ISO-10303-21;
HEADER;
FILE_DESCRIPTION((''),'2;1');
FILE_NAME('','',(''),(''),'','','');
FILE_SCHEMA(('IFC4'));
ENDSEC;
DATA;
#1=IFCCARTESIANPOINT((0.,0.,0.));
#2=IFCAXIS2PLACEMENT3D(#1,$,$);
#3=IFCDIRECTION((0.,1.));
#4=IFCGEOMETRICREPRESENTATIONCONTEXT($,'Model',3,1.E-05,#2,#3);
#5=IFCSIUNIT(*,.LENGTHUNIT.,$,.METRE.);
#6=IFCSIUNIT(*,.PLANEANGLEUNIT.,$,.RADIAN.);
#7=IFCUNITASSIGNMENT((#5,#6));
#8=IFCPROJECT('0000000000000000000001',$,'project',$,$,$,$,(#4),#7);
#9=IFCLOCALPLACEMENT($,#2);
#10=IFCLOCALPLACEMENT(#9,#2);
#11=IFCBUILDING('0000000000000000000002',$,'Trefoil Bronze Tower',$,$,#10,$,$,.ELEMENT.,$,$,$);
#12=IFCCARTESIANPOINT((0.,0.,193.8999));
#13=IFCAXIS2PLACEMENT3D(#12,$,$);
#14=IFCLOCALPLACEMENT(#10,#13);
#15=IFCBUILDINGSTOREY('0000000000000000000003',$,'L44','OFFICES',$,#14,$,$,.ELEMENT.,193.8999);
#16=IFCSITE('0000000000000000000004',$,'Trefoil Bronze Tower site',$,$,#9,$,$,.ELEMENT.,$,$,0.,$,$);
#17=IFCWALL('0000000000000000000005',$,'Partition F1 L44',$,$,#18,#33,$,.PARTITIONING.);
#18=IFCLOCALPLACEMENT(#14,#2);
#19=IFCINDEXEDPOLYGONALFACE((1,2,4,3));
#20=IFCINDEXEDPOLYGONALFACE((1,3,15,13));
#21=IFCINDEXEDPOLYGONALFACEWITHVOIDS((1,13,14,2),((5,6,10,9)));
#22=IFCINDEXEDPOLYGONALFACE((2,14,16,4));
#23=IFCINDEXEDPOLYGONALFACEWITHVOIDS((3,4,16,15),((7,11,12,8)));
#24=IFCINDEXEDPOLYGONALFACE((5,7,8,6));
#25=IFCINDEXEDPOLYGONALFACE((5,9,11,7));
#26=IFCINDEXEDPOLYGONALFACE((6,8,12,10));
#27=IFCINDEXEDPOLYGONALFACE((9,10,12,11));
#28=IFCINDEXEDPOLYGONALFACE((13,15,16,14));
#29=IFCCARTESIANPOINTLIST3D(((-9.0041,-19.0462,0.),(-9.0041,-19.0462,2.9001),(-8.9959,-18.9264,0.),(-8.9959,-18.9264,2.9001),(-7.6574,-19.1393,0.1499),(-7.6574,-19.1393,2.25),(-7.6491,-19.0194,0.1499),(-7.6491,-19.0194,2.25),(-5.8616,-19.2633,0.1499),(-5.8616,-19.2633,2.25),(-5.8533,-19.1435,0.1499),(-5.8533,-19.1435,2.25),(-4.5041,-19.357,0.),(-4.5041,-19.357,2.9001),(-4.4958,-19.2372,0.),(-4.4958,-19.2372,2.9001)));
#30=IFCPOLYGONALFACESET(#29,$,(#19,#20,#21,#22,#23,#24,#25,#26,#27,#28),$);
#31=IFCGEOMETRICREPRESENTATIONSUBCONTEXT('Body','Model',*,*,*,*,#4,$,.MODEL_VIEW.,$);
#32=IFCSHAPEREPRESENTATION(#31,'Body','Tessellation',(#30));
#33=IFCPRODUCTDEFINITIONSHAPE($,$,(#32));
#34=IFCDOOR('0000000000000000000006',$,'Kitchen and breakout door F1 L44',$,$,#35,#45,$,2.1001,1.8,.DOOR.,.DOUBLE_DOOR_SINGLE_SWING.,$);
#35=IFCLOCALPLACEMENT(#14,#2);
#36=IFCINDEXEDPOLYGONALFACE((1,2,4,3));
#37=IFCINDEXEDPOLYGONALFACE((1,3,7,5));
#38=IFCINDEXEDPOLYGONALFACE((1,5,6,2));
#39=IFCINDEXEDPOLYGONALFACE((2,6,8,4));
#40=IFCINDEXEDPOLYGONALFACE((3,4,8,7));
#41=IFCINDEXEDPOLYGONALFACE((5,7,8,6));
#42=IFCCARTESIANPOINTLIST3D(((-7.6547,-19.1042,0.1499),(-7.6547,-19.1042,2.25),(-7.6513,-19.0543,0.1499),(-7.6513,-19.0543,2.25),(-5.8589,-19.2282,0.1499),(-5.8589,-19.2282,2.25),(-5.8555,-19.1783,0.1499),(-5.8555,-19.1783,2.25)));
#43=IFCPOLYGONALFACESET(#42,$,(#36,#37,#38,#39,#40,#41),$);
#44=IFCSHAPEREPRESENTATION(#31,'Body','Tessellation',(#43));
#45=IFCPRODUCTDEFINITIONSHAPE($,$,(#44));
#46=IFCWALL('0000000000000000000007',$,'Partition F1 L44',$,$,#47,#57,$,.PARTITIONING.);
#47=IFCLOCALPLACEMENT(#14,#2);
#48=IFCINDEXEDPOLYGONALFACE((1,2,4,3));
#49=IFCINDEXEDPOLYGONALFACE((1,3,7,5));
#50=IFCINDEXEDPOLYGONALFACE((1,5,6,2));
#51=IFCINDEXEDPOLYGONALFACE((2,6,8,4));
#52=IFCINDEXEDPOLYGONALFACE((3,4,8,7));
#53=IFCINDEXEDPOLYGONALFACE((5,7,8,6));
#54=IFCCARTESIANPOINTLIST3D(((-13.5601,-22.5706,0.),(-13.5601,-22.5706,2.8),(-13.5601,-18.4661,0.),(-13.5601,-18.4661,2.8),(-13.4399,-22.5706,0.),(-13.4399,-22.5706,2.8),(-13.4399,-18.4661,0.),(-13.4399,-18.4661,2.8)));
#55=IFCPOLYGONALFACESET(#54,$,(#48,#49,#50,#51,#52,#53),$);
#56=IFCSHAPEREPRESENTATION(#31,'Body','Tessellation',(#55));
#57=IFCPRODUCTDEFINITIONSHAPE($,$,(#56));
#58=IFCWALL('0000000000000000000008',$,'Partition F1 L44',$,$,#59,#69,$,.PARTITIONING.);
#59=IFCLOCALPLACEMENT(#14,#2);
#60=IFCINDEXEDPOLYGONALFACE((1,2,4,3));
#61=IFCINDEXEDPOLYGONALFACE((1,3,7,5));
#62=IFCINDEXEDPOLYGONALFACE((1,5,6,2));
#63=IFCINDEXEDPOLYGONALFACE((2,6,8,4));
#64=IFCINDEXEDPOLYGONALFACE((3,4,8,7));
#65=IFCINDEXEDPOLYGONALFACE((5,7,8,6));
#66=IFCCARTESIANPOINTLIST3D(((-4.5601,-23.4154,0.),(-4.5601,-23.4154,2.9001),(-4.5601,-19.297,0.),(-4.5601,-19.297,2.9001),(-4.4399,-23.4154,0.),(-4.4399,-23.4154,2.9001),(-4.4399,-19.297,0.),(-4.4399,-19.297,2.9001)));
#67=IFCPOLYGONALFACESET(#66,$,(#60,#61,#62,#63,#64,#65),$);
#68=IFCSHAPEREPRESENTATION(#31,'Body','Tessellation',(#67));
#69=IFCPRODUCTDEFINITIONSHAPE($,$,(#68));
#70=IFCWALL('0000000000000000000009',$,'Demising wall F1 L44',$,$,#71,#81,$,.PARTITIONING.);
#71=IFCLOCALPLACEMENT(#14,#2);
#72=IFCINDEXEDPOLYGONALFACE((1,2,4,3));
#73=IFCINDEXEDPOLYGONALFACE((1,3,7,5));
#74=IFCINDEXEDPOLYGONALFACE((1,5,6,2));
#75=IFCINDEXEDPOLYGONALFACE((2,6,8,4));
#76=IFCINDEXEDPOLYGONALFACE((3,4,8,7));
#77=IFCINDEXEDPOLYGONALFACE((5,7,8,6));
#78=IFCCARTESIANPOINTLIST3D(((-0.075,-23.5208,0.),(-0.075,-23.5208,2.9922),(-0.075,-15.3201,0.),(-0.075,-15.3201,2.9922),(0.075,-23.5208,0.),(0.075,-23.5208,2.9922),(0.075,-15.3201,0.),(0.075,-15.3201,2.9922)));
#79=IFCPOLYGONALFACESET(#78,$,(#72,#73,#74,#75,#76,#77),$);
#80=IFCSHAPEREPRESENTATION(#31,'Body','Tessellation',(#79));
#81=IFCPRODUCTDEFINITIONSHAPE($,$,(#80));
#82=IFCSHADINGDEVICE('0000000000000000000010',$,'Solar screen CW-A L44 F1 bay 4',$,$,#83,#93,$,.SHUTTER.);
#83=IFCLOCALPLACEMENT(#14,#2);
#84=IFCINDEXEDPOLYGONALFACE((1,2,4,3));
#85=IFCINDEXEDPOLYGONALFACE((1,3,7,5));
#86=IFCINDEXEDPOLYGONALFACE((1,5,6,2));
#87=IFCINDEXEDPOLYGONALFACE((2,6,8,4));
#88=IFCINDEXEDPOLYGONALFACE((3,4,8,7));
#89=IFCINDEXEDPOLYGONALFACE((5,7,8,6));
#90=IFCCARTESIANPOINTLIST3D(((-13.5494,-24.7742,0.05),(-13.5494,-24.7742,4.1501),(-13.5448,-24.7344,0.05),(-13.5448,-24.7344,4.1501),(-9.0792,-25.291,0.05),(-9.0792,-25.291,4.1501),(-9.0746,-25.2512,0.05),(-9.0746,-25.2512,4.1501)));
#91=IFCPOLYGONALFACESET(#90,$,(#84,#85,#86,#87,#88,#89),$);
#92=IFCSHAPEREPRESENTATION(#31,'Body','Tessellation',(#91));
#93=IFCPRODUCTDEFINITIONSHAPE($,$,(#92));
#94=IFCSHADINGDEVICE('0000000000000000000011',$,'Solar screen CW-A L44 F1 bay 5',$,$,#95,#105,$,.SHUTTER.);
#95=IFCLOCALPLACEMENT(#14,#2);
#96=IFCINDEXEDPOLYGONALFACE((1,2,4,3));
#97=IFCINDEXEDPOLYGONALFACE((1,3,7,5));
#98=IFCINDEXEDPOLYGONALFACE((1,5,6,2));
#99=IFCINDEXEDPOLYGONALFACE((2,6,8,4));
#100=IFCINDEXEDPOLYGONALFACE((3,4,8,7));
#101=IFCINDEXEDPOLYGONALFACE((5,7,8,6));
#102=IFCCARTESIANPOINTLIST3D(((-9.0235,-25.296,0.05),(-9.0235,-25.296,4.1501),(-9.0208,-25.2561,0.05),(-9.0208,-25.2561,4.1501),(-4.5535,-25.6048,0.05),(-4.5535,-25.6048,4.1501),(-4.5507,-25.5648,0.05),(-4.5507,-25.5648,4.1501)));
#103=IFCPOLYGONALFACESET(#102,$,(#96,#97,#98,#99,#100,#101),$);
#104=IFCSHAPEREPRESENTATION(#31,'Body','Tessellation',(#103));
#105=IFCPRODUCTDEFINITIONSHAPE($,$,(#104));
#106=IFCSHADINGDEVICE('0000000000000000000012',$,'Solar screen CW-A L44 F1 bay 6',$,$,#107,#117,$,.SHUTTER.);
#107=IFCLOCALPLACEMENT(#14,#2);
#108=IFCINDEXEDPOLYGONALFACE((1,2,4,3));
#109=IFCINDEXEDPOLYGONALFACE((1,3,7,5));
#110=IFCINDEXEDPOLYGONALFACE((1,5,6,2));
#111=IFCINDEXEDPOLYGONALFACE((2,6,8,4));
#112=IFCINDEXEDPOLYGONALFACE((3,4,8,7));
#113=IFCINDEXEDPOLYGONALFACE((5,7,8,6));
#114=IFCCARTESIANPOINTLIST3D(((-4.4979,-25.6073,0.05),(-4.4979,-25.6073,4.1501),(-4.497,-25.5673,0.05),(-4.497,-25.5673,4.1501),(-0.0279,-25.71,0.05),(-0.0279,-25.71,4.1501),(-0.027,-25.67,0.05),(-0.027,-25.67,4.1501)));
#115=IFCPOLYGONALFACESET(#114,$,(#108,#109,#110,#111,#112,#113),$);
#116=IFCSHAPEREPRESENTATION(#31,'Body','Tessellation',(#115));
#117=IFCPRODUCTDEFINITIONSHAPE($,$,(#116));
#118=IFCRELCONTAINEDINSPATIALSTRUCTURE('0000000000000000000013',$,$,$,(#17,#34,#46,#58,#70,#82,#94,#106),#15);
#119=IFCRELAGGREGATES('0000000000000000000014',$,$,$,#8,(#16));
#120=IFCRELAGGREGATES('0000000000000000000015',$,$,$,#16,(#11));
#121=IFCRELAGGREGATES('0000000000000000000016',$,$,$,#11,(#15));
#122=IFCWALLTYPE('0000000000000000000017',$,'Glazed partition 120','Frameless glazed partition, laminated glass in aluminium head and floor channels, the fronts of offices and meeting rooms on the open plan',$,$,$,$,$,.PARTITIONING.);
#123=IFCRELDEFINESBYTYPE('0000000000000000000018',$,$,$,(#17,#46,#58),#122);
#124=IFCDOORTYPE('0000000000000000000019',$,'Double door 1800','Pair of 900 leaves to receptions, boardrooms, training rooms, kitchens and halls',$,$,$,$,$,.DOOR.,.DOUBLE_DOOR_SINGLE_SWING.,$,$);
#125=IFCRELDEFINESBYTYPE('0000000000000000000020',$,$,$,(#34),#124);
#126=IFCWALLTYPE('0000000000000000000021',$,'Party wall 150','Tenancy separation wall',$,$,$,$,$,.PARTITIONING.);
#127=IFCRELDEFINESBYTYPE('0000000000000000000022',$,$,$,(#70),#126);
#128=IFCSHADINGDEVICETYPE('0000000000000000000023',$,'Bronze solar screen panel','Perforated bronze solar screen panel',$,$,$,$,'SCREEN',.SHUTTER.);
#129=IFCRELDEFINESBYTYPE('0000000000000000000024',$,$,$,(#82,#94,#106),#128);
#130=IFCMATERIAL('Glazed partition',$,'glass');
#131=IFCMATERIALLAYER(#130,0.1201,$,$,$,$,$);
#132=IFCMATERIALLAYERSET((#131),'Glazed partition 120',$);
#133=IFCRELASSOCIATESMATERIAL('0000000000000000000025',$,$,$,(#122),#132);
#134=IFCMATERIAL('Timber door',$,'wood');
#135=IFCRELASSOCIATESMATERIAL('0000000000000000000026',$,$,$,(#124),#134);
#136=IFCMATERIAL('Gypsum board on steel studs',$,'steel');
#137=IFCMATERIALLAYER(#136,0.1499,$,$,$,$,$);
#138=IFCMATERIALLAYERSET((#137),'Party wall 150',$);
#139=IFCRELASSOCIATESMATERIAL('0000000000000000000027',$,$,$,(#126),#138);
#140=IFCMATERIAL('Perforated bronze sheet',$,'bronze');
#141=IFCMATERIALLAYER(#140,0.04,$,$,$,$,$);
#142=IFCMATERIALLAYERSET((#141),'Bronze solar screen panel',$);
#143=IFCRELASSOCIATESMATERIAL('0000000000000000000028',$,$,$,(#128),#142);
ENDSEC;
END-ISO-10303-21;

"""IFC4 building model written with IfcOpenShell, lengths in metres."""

from ifc_helpers import new_model, si_unit, direction, frame, frame_2d, origin, origin_2d, place, context, subcontext, project, spatial, rectangle, extrude, material, layer, layer_set, type_object, element, fill, save


model = new_model("IFC4")

# Units and contexts
model_context = context("Model", 3, precision=1e-05, world=origin(), true_north=direction((0.0, 1.0)))
body_context = subcontext(model_context, "Body", "Model", "MODEL_VIEW")
ifc_project = project(units=[si_unit("LENGTHUNIT", "METRE"), si_unit("PLANEANGLEUNIT", "RADIAN")], contexts=[model_context])

# Site, building, storey
site_placement = place(None, origin())
site = spatial("IfcSite", under=ifc_project, at=site_placement, Name="Trefoil Bronze Tower site", CompositionType="ELEMENT", RefElevation=0.0)
building_placement = place(site_placement, origin())
building = spatial("IfcBuilding", under=site, at=building_placement, Name="Trefoil Bronze Tower", CompositionType="ELEMENT")
storey_placement = place(building_placement, frame((0.0, 0.0, 193.8999)))
storey = spatial("IfcBuildingStorey", under=building, at=storey_placement, Name="L44", Description="OFFICES", CompositionType="ELEMENT", Elevation=193.8999)

# Shared definitions
ifc_material_1 = material(Name="Glazed partition", Category="glass")
ifc_layer_1 = layer(ifc_material_1, 0.1201)
ifc_layer_set_1 = layer_set([ifc_layer_1], Name="Glazed partition 120")
wall_type_1 = type_object("IfcWallType", Name="Glazed partition 120", Description="Frameless glazed partition, laminated glass in aluminium head and floor channels, the fronts of offices and meeting rooms on the open plan", PredefinedType="PARTITIONING", material=ifc_layer_set_1)

# Wall, opening, door
wall_1_placement = place(storey_placement, frame((-9.0, -18.9863, 0.0), z_axis=(0.0, 0.0, 1.0), x_axis=(0.997624, -0.068901, 0.0)))
wall_1 = element("IfcWall", 1, at=wall_1_placement, inside=storey, type_object=wall_type_1, Name="Partition F1 L44", PredefinedType="PARTITIONING", context=body_context, shape_type="SweptSolid", body=[
    extrude(rectangle(XDim=4.5107, YDim=0.1201, at=frame_2d((2.2554, 0.0))), origin(), (0.0, 0.0, 1.0), 2.9001),
])
opening_1_placement = place(wall_1_placement, frame((1.3501, 0.0, 0.1499)))
opening_1 = element("IfcOpeningElement", 2, at=opening_1_placement, cuts=wall_1, PredefinedType="OPENING", context=body_context, shape_type="SweptSolid", body=[
    extrude(rectangle(XDim=1.8, YDim=2.1001, at=frame_2d((0.8999, 1.05))), frame((0.0, 0.0701, 0.0), z_axis=(0.0, -1.0, 0.0), x_axis=(1.0, 0.0, 0.0)), (0.0, 0.0, 1.0), 0.1401),
])
ifc_material_2 = material(Name="Timber door", Category="wood")
door_type_1 = type_object("IfcDoorType", Name="Double door 1800", Description="Pair of 900 leaves to receptions, boardrooms, training rooms, kitchens and halls", OperationType="DOUBLE_DOOR_SINGLE_SWING", PredefinedType="DOOR", material=ifc_material_2)
door_1_placement = place(opening_1_placement, frame((1.8, 0.0, 0.0), z_axis=(0.0, 0.0, 1.0), x_axis=(-1.0, 0.0, 0.0)))
door_1 = element("IfcDoor", 3, at=door_1_placement, inside=storey, type_object=door_type_1, Name="Kitchen and breakout door F1 L44", OperationType="DOUBLE_DOOR_SINGLE_SWING", OverallHeight=2.1001, OverallWidth=1.8, PredefinedType="DOOR", context=body_context, shape_type="SweptSolid", body=[
    extrude(rectangle(XDim=1.8, YDim=2.1001, at=frame_2d((0.8999, 1.05))), frame((0.0, 0.0249, 0.0), z_axis=(0.0, -1.0, 0.0), x_axis=(1.0, 0.0, 0.0)), (0.0, 0.0, 1.0), 0.05),
])
fill(opening_1, door_1)

# Walls
wall_2_placement = place(storey_placement, frame((-13.5, -18.4661, 0.0), z_axis=(0.0, 0.0, 1.0), x_axis=(0.0, -1.0, 0.0)))
element("IfcWall", 4, at=wall_2_placement, inside=storey, type_object=wall_type_1, Name="Partition F1 L44", PredefinedType="PARTITIONING", context=body_context, shape_type="SweptSolid", body=[
    extrude(rectangle(XDim=4.1045, YDim=0.1201, at=frame_2d((2.0522, 0.0))), origin(), (0.0, 0.0, 1.0), 2.8),
])
wall_3_placement = place(storey_placement, frame((-4.5, -19.2971, 0.0), z_axis=(0.0, 0.0, 1.0), x_axis=(0.0, -1.0, 0.0)))
element("IfcWall", 5, at=wall_3_placement, inside=storey, type_object=wall_type_1, Name="Partition F1 L44", PredefinedType="PARTITIONING", context=body_context, shape_type="SweptSolid", body=[
    extrude(rectangle(XDim=4.1184, YDim=0.1201, at=frame_2d((2.0591, 0.0))), origin(), (0.0, 0.0, 1.0), 2.9001),
])
ifc_material_3 = material(Name="Gypsum board on steel studs", Category="steel")
ifc_layer_2 = layer(ifc_material_3, 0.1499)
ifc_layer_set_2 = layer_set([ifc_layer_2], Name="Party wall 150")
wall_type_2 = type_object("IfcWallType", Name="Party wall 150", Description="Tenancy separation wall", PredefinedType="PARTITIONING", material=ifc_layer_set_2)
wall_4_placement = place(storey_placement, frame((0.0, -15.3201, 0.0), z_axis=(0.0, 0.0, 1.0), x_axis=(0.0, -1.0, 0.0)))
element("IfcWall", 6, at=wall_4_placement, inside=storey, type_object=wall_type_2, Name="Demising wall F1 L44", PredefinedType="PARTITIONING", context=body_context, shape_type="SweptSolid", body=[
    extrude(rectangle(XDim=8.2007, YDim=0.1499, at=frame_2d((4.1003, 0.0))), origin(), (0.0, 0.0, 1.0), 2.9922),
])

# Shading devices
ifc_material_4 = material(Name="Perforated bronze sheet", Category="bronze")
ifc_layer_3 = layer(ifc_material_4, 0.04)
ifc_layer_set_3 = layer_set([ifc_layer_3], Name="Bronze solar screen panel")
shading_device_type = type_object("IfcShadingDeviceType", Name="Bronze solar screen panel", Description="Perforated bronze solar screen panel", ElementType="SCREEN", PredefinedType="SHUTTER", material=ifc_layer_set_3)
shading_device_1_placement = place(storey_placement, frame((-11.312, -25.0127, 0.05), z_axis=(0.0, 0.0, 1.0), x_axis=(0.993382, -0.114859, 0.0)))
element("IfcShadingDevice", 7, at=shading_device_1_placement, inside=storey, type_object=shading_device_type, Name="Solar screen CW-A L44 F1 bay 4", PredefinedType="SHUTTER", context=body_context, shape_type="SweptSolid", body=[
    extrude(rectangle(XDim=4.5, YDim=0.04, at=origin_2d()), origin(), (0.0, 0.0, 1.0), 4.1001),
])
shading_device_2_placement = place(storey_placement, frame((-6.7871, -25.4304, 0.05), z_axis=(0.0, 0.0, 1.0), x_axis=(0.997623, -0.068915, 0.0)))
element("IfcShadingDevice", 8, at=shading_device_2_placement, inside=storey, type_object=shading_device_type, Name="Solar screen CW-A L44 F1 bay 5", PredefinedType="SHUTTER", context=body_context, shape_type="SweptSolid", body=[
    extrude(rectangle(XDim=4.4807, YDim=0.04, at=origin_2d()), origin(), (0.0, 0.0, 1.0), 4.1001),
])
shading_device_3_placement = place(storey_placement, frame((-2.2625, -25.6387, 0.05), z_axis=(0.0, 0.0, 1.0), x_axis=(0.999736, -0.022972, 0.0)))
element("IfcShadingDevice", 9, at=shading_device_3_placement, inside=storey, type_object=shading_device_type, Name="Solar screen CW-A L44 F1 bay 6", PredefinedType="SHUTTER", context=body_context, shape_type="SweptSolid", body=[
    extrude(rectangle(XDim=4.4712, YDim=0.04, at=origin_2d()), origin(), (0.0, 0.0, 1.0), 4.1001),
])

save(model, "model.ifc")
